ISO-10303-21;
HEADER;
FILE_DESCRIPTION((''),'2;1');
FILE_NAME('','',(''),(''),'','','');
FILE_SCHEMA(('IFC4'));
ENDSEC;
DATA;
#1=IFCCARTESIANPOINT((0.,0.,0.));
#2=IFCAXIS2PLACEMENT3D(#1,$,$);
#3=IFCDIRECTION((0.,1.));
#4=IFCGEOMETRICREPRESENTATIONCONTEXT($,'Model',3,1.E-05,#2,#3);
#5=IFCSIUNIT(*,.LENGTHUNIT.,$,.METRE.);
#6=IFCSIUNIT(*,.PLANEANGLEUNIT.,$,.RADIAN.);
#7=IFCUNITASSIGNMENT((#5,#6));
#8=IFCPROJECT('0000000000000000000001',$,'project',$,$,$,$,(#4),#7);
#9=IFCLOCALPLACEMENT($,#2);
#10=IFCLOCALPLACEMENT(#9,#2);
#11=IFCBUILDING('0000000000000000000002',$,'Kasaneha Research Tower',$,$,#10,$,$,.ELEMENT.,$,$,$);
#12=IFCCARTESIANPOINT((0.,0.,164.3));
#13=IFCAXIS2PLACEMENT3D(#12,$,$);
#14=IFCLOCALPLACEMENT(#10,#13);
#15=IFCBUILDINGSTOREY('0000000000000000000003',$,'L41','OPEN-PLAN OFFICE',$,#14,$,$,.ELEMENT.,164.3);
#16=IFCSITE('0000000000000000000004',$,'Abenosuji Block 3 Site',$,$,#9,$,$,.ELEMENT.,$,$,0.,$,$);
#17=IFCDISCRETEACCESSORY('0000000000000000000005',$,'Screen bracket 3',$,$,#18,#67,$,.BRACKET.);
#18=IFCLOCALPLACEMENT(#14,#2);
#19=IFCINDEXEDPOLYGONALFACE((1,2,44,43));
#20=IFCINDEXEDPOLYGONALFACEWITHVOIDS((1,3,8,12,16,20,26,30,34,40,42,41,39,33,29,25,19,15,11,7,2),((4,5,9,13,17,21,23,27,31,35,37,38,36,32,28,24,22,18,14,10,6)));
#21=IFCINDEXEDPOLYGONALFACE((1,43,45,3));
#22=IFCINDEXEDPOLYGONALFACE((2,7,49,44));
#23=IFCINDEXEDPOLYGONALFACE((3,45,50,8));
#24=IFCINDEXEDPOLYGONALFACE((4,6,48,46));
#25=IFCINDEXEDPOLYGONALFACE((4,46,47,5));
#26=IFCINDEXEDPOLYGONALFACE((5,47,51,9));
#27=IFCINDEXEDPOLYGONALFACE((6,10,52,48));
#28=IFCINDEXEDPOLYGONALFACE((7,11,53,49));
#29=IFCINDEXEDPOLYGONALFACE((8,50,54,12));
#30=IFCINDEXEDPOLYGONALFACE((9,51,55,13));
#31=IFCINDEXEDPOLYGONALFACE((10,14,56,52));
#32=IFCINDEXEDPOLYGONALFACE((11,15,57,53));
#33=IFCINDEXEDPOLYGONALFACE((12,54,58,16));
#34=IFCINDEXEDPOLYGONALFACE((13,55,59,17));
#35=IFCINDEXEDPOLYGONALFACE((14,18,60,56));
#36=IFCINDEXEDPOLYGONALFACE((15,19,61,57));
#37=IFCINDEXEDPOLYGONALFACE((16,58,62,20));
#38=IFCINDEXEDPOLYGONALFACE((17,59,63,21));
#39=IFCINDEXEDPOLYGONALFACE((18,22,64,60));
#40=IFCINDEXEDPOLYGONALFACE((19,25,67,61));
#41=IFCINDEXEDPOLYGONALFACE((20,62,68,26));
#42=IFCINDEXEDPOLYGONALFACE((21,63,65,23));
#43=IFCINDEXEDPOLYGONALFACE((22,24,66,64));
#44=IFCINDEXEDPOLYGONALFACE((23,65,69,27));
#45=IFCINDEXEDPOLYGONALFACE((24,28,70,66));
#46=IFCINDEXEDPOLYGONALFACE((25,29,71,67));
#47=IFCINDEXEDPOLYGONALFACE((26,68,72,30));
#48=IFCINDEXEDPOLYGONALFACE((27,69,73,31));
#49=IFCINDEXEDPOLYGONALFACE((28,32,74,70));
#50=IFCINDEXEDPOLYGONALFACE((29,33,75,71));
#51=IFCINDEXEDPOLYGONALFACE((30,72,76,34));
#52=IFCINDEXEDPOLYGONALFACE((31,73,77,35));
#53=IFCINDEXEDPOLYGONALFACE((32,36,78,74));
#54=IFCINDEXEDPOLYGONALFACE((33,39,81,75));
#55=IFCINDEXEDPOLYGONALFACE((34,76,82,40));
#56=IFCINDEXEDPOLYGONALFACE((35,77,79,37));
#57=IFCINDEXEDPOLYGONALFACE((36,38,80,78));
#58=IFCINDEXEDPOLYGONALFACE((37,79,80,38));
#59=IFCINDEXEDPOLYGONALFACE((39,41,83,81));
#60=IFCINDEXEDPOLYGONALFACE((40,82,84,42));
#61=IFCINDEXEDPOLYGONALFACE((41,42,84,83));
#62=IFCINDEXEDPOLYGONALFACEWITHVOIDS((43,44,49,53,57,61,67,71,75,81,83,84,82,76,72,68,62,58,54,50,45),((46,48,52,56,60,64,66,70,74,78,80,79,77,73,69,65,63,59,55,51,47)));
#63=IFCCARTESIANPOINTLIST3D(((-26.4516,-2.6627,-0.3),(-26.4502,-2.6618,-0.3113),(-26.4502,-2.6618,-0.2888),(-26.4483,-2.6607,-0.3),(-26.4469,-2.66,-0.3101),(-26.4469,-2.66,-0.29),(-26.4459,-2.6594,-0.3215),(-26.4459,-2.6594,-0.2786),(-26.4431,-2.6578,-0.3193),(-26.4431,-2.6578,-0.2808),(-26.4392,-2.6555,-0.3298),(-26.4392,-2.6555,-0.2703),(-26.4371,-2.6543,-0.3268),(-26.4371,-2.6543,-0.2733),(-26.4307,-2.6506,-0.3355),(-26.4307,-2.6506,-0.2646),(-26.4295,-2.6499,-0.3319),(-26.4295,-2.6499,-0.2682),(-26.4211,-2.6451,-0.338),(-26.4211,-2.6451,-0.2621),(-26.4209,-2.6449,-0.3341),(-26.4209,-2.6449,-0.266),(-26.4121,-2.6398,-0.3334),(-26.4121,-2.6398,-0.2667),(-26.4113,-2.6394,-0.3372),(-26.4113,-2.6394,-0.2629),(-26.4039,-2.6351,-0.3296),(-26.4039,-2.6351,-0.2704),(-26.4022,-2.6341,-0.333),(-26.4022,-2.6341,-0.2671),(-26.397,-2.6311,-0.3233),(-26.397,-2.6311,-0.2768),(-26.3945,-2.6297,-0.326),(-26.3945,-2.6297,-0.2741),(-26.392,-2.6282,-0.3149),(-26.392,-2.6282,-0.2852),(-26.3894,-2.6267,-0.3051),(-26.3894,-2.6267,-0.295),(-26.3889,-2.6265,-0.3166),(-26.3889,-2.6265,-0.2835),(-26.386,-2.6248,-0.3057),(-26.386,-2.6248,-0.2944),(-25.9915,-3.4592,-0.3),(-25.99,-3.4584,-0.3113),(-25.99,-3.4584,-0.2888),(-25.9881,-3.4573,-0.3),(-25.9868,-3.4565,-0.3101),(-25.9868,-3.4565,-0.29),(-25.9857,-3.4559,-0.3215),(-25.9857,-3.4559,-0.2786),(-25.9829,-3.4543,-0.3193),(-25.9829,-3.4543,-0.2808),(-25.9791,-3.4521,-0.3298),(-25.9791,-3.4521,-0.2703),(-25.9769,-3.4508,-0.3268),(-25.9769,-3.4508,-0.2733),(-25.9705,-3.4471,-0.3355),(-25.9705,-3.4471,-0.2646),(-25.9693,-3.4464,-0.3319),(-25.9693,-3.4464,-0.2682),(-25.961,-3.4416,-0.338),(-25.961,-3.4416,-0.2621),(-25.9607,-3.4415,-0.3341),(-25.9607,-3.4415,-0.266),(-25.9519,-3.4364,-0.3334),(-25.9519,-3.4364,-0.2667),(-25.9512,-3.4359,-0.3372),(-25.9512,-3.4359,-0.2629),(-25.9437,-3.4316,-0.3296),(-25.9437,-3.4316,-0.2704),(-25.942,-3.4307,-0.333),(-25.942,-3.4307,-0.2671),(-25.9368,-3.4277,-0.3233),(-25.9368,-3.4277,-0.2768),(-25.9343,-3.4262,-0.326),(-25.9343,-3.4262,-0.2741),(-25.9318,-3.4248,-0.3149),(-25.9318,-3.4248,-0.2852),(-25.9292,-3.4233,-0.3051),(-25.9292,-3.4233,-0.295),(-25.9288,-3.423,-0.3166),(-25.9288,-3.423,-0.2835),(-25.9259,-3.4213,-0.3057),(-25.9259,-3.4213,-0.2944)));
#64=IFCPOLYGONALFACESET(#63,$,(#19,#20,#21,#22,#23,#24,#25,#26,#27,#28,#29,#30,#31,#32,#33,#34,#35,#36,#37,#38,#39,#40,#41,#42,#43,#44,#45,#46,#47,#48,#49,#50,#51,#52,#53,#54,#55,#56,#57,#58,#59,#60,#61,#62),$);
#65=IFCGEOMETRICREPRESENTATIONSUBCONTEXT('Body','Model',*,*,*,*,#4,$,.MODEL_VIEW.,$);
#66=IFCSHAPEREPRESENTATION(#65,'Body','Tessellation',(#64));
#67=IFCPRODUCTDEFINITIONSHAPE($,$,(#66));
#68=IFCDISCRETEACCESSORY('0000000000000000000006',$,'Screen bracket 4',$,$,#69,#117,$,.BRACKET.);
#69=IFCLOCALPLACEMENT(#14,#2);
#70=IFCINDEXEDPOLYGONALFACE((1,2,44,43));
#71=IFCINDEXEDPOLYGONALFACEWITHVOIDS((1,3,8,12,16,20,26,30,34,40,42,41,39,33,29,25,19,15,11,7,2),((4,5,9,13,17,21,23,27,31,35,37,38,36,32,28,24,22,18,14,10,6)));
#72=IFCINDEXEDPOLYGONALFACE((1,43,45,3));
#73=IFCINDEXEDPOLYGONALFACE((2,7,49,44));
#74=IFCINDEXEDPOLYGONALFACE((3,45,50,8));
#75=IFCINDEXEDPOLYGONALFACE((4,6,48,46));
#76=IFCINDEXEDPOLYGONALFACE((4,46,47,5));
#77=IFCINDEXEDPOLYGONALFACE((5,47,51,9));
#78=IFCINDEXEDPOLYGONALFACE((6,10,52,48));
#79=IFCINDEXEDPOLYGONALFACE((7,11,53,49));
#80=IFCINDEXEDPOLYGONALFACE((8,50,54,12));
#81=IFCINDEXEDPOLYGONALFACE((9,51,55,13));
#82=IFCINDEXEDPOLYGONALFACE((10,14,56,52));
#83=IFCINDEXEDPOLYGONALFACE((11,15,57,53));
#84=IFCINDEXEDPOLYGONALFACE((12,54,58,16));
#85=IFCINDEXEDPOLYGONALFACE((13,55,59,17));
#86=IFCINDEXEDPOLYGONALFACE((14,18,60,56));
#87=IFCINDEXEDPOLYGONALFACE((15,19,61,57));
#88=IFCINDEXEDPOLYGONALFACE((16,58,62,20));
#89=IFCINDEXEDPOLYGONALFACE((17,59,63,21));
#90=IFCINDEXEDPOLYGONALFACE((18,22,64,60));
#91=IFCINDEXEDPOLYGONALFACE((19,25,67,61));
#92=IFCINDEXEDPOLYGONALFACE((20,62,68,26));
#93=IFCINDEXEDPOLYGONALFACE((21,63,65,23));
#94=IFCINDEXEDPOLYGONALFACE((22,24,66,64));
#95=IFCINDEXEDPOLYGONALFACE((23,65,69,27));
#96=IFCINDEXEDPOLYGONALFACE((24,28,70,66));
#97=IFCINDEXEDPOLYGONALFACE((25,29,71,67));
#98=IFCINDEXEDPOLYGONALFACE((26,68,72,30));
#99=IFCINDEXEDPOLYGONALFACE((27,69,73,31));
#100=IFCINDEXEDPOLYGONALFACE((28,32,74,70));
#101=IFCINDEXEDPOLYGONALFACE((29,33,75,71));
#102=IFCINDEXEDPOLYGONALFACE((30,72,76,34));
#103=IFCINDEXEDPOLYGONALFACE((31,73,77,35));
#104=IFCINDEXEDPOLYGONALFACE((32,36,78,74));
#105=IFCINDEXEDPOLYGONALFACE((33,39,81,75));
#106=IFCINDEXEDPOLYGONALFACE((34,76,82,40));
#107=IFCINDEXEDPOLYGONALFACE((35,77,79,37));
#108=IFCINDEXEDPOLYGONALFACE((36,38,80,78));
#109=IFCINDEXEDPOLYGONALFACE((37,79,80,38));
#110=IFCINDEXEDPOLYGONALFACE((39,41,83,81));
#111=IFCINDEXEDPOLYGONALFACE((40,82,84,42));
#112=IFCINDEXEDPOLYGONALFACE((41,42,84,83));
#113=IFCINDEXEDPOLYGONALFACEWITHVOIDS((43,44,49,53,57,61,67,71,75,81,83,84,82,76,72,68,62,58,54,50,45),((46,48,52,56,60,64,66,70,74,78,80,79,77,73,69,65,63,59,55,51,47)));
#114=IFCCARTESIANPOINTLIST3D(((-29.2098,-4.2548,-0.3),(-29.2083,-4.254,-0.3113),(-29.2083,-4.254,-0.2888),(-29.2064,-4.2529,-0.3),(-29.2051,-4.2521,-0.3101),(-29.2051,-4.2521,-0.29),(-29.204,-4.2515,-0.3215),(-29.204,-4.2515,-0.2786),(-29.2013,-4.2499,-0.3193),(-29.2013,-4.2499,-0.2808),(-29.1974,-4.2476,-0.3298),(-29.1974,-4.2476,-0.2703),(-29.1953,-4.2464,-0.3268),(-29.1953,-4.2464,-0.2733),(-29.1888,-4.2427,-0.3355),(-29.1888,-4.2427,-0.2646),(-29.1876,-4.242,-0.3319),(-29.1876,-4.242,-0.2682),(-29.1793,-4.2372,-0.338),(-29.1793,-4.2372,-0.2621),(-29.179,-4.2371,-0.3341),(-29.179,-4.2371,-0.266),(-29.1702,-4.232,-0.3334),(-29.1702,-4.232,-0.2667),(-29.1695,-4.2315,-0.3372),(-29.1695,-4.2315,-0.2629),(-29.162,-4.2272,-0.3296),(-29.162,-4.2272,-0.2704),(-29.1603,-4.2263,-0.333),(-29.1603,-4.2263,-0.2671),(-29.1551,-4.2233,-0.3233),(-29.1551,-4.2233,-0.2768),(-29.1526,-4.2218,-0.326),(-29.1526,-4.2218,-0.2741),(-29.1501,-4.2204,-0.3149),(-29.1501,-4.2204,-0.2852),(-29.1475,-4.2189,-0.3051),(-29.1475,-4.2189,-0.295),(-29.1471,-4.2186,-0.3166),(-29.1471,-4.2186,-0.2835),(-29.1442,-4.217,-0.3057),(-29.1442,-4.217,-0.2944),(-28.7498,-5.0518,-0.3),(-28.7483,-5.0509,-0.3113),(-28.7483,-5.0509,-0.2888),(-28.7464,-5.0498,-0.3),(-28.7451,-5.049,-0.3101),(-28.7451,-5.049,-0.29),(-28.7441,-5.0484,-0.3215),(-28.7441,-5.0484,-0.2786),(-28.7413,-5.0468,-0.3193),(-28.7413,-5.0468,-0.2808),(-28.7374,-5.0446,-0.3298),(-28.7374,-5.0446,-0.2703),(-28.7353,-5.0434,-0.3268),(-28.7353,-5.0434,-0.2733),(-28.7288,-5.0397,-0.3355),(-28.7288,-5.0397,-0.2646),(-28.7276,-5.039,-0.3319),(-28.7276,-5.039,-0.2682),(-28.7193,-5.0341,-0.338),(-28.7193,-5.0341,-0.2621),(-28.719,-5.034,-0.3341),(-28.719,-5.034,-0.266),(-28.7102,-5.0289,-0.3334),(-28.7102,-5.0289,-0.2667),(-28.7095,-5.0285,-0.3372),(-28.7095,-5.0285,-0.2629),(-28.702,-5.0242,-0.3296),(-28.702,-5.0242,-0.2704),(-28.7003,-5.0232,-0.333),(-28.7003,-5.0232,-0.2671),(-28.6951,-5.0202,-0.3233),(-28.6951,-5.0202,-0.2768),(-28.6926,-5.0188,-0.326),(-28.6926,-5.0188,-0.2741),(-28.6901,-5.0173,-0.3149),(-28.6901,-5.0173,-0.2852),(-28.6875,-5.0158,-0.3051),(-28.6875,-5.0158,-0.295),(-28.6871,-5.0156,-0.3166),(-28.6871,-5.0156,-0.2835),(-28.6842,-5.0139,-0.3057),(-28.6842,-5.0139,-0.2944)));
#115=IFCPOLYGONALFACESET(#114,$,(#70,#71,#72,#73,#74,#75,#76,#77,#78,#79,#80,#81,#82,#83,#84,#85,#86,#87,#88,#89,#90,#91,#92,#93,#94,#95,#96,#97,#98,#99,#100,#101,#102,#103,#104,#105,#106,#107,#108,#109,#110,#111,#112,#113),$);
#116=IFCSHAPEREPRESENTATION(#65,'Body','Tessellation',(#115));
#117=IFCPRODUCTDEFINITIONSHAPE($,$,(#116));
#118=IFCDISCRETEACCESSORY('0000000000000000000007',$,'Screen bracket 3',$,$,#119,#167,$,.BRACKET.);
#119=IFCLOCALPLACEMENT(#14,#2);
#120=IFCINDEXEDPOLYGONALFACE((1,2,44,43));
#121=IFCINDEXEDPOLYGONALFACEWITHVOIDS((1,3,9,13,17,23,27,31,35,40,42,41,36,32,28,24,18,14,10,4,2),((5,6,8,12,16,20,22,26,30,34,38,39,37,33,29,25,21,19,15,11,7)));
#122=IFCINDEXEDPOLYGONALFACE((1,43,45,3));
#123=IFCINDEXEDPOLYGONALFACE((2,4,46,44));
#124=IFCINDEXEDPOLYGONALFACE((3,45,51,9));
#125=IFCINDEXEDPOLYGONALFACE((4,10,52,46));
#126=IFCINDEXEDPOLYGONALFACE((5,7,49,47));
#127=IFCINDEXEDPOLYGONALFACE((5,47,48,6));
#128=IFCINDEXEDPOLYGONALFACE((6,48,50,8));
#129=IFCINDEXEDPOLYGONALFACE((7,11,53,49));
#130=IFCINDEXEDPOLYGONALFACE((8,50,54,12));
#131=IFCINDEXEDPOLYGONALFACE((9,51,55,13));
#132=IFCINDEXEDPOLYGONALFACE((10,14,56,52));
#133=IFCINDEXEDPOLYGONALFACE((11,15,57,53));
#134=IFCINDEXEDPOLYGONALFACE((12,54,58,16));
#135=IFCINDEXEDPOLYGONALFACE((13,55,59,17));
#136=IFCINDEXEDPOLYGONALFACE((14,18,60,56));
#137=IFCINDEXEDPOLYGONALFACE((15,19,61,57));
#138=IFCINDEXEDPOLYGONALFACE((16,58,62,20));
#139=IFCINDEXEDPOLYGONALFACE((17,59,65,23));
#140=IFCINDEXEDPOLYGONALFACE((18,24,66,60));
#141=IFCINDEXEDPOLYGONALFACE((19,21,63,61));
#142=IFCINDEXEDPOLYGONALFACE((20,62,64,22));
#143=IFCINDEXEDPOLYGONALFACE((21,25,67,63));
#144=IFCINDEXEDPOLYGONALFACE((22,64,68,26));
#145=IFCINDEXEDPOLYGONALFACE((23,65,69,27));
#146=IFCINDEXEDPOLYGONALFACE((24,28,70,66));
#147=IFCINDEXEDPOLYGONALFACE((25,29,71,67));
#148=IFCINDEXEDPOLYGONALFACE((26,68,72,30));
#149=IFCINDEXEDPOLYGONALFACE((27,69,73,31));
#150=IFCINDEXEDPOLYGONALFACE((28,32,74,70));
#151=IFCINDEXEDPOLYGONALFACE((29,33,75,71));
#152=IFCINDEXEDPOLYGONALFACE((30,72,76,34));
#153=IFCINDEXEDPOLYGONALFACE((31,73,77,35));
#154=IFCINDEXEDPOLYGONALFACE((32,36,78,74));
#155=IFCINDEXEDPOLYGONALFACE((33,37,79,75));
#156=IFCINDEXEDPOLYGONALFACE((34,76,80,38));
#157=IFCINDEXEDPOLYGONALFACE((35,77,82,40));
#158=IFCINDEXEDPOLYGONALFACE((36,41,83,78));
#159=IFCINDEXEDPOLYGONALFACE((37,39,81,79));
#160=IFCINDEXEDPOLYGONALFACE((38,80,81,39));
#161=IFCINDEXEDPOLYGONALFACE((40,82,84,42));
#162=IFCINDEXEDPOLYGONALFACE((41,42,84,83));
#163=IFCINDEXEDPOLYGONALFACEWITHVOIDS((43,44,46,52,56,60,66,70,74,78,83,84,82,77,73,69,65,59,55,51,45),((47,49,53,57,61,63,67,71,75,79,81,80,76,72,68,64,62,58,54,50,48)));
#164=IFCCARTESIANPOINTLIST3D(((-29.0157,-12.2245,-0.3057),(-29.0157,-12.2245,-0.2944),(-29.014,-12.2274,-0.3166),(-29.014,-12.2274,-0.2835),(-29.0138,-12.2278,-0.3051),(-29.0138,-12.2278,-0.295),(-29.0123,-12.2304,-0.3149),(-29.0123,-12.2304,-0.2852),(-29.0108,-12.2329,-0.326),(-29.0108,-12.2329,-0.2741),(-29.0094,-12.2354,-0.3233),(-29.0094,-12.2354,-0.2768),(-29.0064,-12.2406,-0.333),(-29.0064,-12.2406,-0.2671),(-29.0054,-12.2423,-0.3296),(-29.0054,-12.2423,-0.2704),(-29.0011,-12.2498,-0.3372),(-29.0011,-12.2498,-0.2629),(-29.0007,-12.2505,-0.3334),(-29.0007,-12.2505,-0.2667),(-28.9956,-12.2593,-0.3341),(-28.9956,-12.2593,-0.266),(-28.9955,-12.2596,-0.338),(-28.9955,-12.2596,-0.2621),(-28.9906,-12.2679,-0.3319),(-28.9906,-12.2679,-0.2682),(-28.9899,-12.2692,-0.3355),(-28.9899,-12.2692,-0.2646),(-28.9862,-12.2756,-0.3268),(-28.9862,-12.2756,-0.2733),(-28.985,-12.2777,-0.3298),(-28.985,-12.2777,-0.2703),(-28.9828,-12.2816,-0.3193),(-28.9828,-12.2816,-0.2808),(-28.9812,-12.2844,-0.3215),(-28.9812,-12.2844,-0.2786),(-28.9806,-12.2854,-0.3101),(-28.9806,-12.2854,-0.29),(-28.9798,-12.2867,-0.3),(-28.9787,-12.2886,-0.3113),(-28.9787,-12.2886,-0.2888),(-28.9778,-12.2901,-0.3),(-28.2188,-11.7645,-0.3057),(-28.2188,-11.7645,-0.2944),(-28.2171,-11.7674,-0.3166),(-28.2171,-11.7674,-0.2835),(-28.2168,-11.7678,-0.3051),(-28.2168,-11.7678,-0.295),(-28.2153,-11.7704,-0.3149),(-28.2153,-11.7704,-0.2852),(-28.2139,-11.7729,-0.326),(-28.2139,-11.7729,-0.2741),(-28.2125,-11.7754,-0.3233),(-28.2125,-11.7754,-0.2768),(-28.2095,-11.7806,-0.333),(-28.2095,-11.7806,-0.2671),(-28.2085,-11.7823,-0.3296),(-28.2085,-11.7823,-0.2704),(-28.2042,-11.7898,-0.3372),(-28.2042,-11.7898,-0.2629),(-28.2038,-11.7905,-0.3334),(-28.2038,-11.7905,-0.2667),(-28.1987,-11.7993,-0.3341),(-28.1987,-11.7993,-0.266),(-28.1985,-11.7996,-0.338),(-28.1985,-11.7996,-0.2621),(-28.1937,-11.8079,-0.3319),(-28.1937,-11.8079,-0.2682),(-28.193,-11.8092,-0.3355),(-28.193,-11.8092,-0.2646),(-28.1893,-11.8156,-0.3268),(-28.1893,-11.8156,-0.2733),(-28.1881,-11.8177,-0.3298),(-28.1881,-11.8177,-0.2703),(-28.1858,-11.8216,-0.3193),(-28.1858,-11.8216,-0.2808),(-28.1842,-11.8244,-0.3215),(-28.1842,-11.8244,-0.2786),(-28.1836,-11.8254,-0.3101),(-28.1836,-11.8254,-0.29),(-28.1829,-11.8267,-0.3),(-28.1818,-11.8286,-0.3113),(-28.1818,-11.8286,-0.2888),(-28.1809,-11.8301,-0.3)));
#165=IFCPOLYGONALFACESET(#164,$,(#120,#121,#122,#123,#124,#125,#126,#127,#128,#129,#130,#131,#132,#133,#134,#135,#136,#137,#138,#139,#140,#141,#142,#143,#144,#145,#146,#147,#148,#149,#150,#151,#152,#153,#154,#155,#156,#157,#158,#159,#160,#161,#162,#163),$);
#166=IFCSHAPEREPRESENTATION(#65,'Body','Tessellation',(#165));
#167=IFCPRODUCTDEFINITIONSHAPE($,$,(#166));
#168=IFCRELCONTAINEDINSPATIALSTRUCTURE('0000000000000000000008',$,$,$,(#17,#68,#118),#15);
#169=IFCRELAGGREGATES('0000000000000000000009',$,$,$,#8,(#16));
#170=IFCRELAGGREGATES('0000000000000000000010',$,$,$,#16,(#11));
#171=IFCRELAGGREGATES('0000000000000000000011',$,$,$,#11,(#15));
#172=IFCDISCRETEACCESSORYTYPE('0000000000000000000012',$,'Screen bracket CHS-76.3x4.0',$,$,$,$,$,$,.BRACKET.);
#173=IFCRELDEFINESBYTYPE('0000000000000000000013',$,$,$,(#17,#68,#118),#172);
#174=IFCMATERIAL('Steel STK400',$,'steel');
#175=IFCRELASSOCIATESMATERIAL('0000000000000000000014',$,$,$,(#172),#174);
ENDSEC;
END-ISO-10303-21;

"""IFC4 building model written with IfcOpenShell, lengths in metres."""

from ifc_helpers import new_model, si_unit, direction, frame, origin, origin_2d, place, context, subcontext, project, spatial, hollow_circle, extrude, material, material_profile, profile_set, type_object, element, save


model = new_model("IFC4")

# Units and contexts
model_context = context("Model", 3, precision=1e-05, world=origin(), true_north=direction((0.0, 1.0)))
body_context = subcontext(model_context, "Body", "Model", "MODEL_VIEW")
ifc_project = project(units=[si_unit("LENGTHUNIT", "METRE"), si_unit("PLANEANGLEUNIT", "RADIAN")], contexts=[model_context])

# Site, building, storey
site_placement = place(None, origin())
site = spatial("IfcSite", under=ifc_project, at=site_placement, Name="Abenosuji Block 3 Site", CompositionType="ELEMENT", RefElevation=0.0)
building_placement = place(site_placement, origin())
building = spatial("IfcBuilding", under=site, at=building_placement, Name="Kasaneha Research Tower", CompositionType="ELEMENT")
storey_placement = place(building_placement, frame((0.0, 0.0, 164.3)))
storey = spatial("IfcBuildingStorey", under=building, at=storey_placement, Name="L41", Description="OPEN-PLAN OFFICE", CompositionType="ELEMENT", Elevation=164.3)

# Discrete accessories
ifc_material_1 = material(Name="Steel STK400", Category="steel")
ifc_material_profile_1 = material_profile(ifc_material_1, hollow_circle(Radius=0.0381, WallThickness=0.0039, at=origin_2d()), Name="CHS-76.3x4.0")
ifc_profile_set_1 = profile_set([ifc_material_profile_1], Name="Steel STK400")
discrete_accessory_type = type_object("IfcDiscreteAccessoryType", Name="Screen bracket CHS-76.3x4.0", PredefinedType="BRACKET", material=ifc_profile_set_1)
discrete_accessory_placement = place(storey_placement, frame((-25.9585, -3.4402, -0.3), z_axis=(-0.50022, 0.865898, 0.0), x_axis=(-0.865898, -0.50022, 0.0)))
element("IfcDiscreteAccessory", 1, at=discrete_accessory_placement, inside=storey, type_object=discrete_accessory_type, Name="Screen bracket 3", PredefinedType="BRACKET", context=body_context, shape_type="SweptSolid", body=[
    extrude(hollow_circle(Radius=0.0381, WallThickness=0.0039, at=origin_2d()), origin(), (0.0, 0.0, 1.0), 0.9199),
])
for number, where, z_axis, x_axis, name in (
    (2, (-28.7168, -5.0327, -0.3), (-0.499906, 0.86608, 0.0), (-0.86608, -0.499906, 0.0), "Screen bracket 4"),
    (3, (-28.2, -11.7971, -0.3), (-0.86608, -0.499906, 0.0), (0.499906, -0.86608, 0.0), "Screen bracket 3"),
):
    element("IfcDiscreteAccessory", number, at=place(storey_placement, frame(where, z_axis=z_axis, x_axis=x_axis)), inside=storey, type_object=discrete_accessory_type, Name=name, PredefinedType="BRACKET", context=body_context, shape_type="SweptSolid", body=[
        extrude(hollow_circle(Radius=0.0381, WallThickness=0.0039, at=origin_2d()), origin(), (0.0, 0.0, 1.0), 0.9202),
    ])

save(model, "model.ifc")
